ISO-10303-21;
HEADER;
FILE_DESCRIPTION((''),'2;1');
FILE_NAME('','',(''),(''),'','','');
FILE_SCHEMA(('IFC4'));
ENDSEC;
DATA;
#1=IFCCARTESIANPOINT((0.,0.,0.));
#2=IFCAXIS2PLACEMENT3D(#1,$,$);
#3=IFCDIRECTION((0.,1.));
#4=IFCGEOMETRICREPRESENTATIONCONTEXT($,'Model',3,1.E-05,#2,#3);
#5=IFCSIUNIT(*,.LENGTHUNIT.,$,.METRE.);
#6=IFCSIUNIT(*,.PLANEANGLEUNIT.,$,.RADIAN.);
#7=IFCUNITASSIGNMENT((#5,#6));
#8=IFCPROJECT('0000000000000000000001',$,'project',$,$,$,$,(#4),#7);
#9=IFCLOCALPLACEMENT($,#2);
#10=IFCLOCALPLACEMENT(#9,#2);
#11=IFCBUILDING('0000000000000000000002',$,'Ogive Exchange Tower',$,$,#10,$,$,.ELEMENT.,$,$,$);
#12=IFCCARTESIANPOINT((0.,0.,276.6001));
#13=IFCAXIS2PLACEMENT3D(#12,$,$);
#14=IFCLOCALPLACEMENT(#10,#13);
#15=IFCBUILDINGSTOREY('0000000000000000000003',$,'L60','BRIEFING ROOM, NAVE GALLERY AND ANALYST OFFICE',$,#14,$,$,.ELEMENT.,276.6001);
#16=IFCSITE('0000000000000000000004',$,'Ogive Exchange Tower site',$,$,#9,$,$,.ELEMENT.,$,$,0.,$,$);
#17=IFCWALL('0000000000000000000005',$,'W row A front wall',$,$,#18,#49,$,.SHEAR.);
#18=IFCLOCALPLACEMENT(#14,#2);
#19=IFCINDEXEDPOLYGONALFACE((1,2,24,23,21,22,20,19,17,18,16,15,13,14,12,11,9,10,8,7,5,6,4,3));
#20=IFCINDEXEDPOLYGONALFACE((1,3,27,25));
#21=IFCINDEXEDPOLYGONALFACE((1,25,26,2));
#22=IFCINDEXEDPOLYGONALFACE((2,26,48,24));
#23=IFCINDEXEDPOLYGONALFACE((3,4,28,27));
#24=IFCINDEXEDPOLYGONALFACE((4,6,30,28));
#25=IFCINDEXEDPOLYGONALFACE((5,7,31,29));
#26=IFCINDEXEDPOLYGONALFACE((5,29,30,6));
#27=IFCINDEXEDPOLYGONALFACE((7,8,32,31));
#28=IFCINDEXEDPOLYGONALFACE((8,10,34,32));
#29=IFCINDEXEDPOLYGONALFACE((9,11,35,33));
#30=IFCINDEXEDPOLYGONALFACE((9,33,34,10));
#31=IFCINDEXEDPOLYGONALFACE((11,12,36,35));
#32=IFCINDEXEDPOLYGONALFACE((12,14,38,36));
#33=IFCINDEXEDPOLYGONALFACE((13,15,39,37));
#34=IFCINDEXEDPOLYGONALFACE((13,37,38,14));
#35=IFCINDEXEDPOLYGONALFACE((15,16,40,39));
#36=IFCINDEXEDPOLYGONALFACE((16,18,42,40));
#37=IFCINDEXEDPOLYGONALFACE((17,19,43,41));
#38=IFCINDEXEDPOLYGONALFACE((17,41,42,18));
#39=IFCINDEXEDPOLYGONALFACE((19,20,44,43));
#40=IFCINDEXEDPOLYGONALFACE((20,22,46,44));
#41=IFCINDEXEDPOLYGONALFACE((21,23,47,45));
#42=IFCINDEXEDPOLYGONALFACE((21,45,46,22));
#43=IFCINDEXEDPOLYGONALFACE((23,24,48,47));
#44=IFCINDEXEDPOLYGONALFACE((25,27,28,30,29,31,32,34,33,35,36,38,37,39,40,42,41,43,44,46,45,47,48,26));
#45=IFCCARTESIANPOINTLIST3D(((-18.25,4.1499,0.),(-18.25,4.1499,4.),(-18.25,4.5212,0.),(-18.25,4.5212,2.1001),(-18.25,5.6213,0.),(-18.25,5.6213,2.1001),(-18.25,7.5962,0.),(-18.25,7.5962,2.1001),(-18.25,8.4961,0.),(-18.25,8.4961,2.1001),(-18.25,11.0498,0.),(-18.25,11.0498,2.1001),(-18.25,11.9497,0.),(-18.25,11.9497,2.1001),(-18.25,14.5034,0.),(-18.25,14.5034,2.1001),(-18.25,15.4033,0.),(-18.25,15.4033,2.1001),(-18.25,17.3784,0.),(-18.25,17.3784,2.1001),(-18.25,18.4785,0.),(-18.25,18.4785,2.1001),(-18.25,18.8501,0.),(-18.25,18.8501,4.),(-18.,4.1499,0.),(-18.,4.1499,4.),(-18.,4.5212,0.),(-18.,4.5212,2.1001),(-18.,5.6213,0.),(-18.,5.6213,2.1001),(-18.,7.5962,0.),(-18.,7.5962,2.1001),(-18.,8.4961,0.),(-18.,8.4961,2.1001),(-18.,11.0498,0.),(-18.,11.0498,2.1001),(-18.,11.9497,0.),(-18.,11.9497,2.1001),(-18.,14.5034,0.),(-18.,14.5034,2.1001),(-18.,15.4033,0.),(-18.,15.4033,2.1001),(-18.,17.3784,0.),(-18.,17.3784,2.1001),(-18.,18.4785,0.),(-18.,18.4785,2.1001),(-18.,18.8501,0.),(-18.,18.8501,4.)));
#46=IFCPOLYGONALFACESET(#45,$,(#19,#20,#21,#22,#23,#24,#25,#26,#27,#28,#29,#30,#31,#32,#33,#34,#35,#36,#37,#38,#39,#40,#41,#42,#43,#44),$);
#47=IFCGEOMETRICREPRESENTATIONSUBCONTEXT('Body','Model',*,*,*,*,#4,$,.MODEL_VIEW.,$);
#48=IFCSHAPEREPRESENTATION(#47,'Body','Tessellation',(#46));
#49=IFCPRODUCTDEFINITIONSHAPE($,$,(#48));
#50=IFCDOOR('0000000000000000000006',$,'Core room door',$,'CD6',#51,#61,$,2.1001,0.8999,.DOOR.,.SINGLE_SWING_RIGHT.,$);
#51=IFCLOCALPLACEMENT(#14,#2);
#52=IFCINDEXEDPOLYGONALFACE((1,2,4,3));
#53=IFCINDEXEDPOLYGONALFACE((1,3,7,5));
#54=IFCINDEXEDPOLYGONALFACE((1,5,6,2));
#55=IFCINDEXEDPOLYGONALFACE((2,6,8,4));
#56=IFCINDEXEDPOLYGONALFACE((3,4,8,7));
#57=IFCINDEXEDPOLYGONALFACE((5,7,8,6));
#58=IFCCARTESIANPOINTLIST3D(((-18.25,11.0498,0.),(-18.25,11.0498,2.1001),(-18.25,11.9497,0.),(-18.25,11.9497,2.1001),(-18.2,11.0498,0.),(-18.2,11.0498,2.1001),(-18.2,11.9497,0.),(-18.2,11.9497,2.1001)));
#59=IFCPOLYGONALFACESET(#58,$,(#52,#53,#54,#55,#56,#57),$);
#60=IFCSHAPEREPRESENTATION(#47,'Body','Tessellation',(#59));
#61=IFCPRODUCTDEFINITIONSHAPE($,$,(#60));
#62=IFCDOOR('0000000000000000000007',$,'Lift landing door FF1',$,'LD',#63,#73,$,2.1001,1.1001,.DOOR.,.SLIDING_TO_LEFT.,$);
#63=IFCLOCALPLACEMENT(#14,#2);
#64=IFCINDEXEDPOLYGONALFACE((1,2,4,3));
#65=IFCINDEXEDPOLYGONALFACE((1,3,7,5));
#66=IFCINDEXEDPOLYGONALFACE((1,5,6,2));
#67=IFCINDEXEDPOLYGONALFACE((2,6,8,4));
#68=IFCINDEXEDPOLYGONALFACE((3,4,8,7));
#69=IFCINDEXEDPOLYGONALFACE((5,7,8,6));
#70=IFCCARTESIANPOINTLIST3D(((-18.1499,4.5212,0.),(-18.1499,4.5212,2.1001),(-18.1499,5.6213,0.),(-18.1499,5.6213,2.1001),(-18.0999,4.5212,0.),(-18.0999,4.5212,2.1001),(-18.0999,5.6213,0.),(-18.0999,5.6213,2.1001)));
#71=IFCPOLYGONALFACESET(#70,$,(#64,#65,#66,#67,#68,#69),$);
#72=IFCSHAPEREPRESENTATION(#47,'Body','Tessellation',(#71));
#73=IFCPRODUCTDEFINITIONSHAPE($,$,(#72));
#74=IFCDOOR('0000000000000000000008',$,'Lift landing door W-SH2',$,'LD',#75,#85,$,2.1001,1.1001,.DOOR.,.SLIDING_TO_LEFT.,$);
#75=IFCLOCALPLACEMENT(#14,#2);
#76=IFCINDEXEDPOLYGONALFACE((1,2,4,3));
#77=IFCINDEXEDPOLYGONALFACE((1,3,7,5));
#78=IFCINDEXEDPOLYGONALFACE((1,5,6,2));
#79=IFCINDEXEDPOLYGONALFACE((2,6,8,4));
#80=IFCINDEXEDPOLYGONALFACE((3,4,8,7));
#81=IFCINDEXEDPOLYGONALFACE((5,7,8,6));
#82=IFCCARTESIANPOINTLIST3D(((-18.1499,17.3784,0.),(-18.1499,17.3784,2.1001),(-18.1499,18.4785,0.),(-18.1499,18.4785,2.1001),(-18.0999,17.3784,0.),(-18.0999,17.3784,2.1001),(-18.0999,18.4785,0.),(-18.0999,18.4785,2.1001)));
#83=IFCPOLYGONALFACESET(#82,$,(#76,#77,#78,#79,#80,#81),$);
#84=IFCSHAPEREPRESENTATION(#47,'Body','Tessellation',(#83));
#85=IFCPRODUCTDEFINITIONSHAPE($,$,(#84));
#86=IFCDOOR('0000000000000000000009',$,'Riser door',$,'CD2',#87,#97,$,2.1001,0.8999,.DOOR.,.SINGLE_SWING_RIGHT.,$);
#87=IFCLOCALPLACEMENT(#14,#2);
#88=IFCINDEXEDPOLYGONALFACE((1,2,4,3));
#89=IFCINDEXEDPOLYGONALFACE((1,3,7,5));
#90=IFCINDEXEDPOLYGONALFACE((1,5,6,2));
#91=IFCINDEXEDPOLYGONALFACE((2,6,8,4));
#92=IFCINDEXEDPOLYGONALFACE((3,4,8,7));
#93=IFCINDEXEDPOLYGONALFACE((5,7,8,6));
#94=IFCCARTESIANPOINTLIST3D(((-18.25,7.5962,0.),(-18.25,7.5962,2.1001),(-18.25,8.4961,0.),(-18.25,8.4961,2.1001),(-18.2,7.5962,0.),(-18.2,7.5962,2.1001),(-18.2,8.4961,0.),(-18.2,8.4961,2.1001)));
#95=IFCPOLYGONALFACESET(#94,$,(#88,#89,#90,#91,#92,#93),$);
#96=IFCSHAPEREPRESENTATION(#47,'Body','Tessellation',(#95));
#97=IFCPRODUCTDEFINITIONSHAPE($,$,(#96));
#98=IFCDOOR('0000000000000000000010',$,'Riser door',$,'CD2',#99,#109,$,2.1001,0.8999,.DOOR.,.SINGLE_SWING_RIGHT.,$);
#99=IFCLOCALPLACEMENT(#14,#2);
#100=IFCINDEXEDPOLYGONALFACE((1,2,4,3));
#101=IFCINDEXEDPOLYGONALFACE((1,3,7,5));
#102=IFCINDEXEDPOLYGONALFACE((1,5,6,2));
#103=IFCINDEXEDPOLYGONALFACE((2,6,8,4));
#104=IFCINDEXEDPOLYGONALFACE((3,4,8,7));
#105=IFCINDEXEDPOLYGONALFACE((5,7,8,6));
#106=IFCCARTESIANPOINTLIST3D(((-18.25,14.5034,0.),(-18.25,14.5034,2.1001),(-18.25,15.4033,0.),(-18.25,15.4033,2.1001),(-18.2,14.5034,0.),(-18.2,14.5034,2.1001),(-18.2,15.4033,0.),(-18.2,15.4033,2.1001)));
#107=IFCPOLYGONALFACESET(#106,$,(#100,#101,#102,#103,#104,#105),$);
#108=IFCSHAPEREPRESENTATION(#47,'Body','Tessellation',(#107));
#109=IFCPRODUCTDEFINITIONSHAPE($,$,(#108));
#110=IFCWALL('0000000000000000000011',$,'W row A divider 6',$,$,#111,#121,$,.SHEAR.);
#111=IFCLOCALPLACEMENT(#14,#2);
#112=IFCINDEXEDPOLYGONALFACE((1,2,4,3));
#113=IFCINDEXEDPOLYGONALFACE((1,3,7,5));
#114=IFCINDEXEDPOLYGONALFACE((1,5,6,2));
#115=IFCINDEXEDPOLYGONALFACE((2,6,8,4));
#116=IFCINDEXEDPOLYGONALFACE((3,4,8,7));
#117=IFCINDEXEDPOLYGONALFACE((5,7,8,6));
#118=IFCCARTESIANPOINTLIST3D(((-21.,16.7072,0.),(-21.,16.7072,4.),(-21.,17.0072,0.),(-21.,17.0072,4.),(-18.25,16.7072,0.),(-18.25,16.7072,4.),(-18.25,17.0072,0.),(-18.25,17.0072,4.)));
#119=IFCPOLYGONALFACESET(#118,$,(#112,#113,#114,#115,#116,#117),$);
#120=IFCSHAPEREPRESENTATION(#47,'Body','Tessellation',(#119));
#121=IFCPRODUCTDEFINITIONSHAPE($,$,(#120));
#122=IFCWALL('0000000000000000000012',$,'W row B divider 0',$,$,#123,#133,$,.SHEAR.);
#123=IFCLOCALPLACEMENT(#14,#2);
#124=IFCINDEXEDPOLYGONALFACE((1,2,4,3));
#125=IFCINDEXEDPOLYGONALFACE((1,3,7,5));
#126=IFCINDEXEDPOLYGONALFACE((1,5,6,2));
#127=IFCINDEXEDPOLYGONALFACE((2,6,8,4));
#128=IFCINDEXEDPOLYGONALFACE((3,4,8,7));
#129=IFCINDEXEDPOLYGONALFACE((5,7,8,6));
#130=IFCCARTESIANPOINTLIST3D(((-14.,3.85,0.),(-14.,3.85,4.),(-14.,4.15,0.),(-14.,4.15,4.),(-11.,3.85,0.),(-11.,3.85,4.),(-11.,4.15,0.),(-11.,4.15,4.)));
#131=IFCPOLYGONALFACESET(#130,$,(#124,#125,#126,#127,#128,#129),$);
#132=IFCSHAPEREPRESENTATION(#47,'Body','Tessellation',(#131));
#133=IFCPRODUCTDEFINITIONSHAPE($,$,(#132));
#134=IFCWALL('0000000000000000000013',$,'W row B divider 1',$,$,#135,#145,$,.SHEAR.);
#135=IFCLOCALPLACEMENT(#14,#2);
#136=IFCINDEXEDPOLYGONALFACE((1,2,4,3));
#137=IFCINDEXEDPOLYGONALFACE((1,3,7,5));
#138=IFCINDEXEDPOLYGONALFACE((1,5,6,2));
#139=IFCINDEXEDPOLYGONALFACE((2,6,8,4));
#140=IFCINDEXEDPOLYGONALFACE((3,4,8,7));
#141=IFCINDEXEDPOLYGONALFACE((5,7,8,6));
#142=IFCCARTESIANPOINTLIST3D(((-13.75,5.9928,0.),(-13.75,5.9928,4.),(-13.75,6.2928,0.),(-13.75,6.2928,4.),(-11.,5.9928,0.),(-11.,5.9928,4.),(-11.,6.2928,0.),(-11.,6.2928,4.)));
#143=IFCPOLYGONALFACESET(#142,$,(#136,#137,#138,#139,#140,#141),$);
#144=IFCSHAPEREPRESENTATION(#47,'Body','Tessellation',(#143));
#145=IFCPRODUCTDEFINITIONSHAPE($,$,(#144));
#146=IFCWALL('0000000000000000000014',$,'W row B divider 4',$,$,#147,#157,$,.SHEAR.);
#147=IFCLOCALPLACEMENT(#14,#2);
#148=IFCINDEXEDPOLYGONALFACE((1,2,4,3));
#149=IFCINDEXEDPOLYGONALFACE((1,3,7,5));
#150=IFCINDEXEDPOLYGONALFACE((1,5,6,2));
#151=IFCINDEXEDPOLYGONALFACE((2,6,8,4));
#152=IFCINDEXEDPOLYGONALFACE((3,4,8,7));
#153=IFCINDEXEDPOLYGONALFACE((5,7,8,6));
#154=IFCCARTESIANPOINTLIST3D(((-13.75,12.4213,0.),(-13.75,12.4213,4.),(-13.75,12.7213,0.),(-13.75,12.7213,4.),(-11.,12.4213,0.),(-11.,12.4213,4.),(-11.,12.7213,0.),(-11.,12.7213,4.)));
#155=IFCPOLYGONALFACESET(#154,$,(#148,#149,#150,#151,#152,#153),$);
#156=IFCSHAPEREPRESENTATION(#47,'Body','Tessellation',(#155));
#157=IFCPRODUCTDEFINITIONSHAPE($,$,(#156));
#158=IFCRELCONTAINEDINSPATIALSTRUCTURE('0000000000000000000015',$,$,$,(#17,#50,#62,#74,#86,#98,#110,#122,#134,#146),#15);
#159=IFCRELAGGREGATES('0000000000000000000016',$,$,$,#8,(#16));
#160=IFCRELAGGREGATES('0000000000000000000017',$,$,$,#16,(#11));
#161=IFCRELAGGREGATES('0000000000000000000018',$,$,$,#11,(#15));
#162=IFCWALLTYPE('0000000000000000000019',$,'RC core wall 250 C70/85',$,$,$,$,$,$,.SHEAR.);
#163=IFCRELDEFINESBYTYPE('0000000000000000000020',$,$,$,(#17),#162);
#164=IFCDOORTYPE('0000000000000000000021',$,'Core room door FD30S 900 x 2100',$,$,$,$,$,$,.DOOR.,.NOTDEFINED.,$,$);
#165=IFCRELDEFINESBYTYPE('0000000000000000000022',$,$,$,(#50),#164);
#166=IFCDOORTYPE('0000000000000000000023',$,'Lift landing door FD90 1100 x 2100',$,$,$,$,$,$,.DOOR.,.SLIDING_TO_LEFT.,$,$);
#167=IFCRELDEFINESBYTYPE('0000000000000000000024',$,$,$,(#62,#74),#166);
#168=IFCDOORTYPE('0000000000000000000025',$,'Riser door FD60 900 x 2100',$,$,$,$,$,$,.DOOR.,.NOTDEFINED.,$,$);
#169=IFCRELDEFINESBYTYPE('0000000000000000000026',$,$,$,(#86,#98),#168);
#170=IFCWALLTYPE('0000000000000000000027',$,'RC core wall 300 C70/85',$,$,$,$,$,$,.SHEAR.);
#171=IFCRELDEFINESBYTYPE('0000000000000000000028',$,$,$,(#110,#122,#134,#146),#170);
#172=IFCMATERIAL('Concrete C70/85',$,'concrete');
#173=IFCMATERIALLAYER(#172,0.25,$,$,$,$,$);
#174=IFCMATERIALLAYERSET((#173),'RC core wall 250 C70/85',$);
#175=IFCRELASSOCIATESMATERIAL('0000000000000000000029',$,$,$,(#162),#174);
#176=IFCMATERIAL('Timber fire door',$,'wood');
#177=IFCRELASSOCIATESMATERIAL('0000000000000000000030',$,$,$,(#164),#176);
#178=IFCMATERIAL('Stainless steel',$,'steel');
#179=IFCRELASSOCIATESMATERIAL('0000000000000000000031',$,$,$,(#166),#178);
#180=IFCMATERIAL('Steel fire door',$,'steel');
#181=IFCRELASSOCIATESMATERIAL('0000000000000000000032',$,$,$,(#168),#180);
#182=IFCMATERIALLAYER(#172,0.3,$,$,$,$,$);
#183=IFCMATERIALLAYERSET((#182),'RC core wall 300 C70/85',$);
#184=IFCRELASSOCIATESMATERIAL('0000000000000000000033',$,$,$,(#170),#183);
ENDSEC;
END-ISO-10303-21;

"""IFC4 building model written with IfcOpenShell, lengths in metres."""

from ifc_helpers import new_model, si_unit, direction, frame, frame_2d, origin, place, context, subcontext, project, spatial, rectangle, extrude, material, layer, layer_set, type_object, element, fill, save


model = new_model("IFC4")

# Units and contexts
model_context = context("Model", 3, precision=1e-05, world=origin(), true_north=direction((0.0, 1.0)))
body_context = subcontext(model_context, "Body", "Model", "MODEL_VIEW")
ifc_project = project(units=[si_unit("LENGTHUNIT", "METRE"), si_unit("PLANEANGLEUNIT", "RADIAN")], contexts=[model_context])

# Site, building, storey
site_placement = place(None, origin())
site = spatial("IfcSite", under=ifc_project, at=site_placement, Name="Ogive Exchange Tower site", CompositionType="ELEMENT", RefElevation=0.0)
building_placement = place(site_placement, origin())
building = spatial("IfcBuilding", under=site, at=building_placement, Name="Ogive Exchange Tower", CompositionType="ELEMENT")
storey_placement = place(building_placement, frame((0.0, 0.0, 276.6001)))
storey = spatial("IfcBuildingStorey", under=building, at=storey_placement, Name="L60", Description="BRIEFING ROOM, NAVE GALLERY AND ANALYST OFFICE", CompositionType="ELEMENT", Elevation=276.6001)

# Shared definitions
ifc_material_1 = material(Name="Concrete C70/85", Category="concrete")
ifc_material_2 = material(Name="Steel fire door", Category="steel")

# Wall, openings, doors
ifc_layer_1 = layer(ifc_material_1, 0.25)
ifc_layer_set_1 = layer_set([ifc_layer_1], Name="RC core wall 250 C70/85")
wall_type_1 = type_object("IfcWallType", Name="RC core wall 250 C70/85", PredefinedType="SHEAR", material=ifc_layer_set_1)
wall_1_placement = place(storey_placement, frame((-18.125, 4.1499, 0.0), z_axis=(0.0, 0.0, 1.0), x_axis=(0.0, 1.0, 0.0)))
wall_1 = element("IfcWall", 1, at=wall_1_placement, inside=storey, type_object=wall_type_1, Name="W row A front wall", PredefinedType="SHEAR", context=body_context, shape_type="SweptSolid", body=[
    extrude(rectangle(XDim=14.7002, YDim=0.25, at=frame_2d((7.3501, 0.0))), origin(), (0.0, 0.0, 1.0), 4.0),
])
opening_1_placement = place(wall_1_placement, frame((3.4463, 0.0, 0.0)))
opening_1 = element("IfcOpeningElement", 2, at=opening_1_placement, cuts=wall_1, PredefinedType="OPENING", context=body_context, shape_type="SweptSolid", body=[
    extrude(rectangle(XDim=0.8999, YDim=2.1001, at=frame_2d((0.45, 1.05))), frame((0.0, 0.135, 0.0), z_axis=(0.0, -1.0, 0.0), x_axis=(1.0, 0.0, 0.0)), (0.0, 0.0, 1.0), 0.27),
])
opening_2_placement = place(wall_1_placement, frame((6.8999, 0.0, 0.0)))
opening_2 = element("IfcOpeningElement", 3, at=opening_2_placement, cuts=wall_1, PredefinedType="OPENING", context=body_context, shape_type="SweptSolid", body=[
    extrude(rectangle(XDim=0.8999, YDim=2.1001, at=frame_2d((0.45, 1.05))), frame((0.0, 0.135, 0.0), z_axis=(0.0, -1.0, 0.0), x_axis=(1.0, 0.0, 0.0)), (0.0, 0.0, 1.0), 0.27),
])
opening_3_placement = place(wall_1_placement, frame((10.3535, 0.0, 0.0)))
opening_3 = element("IfcOpeningElement", 4, at=opening_3_placement, cuts=wall_1, PredefinedType="OPENING", context=body_context, shape_type="SweptSolid", body=[
    extrude(rectangle(XDim=0.8999, YDim=2.1001, at=frame_2d((0.45, 1.05))), frame((0.0, 0.135, 0.0), z_axis=(0.0, -1.0, 0.0), x_axis=(1.0, 0.0, 0.0)), (0.0, 0.0, 1.0), 0.27),
])
opening_4_placement = place(wall_1_placement, frame((0.3713, 0.0, 0.0)))
opening_4 = element("IfcOpeningElement", 5, at=opening_4_placement, cuts=wall_1, PredefinedType="OPENING", context=body_context, shape_type="SweptSolid", body=[
    extrude(rectangle(XDim=1.1001, YDim=2.1001, at=frame_2d((0.55, 1.05))), frame((0.0, 0.135, 0.0), z_axis=(0.0, -1.0, 0.0), x_axis=(1.0, 0.0, 0.0)), (0.0, 0.0, 1.0), 0.27),
])
opening_5_placement = place(wall_1_placement, frame((13.2285, 0.0, 0.0)))
opening_5 = element("IfcOpeningElement", 6, at=opening_5_placement, cuts=wall_1, PredefinedType="OPENING", context=body_context, shape_type="SweptSolid", body=[
    extrude(rectangle(XDim=1.1001, YDim=2.1001, at=frame_2d((0.55, 1.05))), frame((0.0, 0.135, 0.0), z_axis=(0.0, -1.0, 0.0), x_axis=(1.0, 0.0, 0.0)), (0.0, 0.0, 1.0), 0.27),
])
ifc_material_3 = material(Name="Timber fire door", Category="wood")
door_type_1 = type_object("IfcDoorType", Name="Core room door FD30S 900 x 2100", OperationType="NOTDEFINED", PredefinedType="DOOR", material=ifc_material_3)
door_1_placement = place(opening_2_placement, origin())
door_1 = element("IfcDoor", 7, at=door_1_placement, inside=storey, type_object=door_type_1, Name="Core room door", ObjectType="CD6", OperationType="SINGLE_SWING_RIGHT", OverallHeight=2.1001, OverallWidth=0.8999, PredefinedType="DOOR", context=body_context, shape_type="SweptSolid", body=[
    extrude(rectangle(XDim=0.8999, YDim=2.1001, at=frame_2d((0.45, 1.05))), frame((0.0, 0.125, 0.0), z_axis=(0.0, -1.0, 0.0), x_axis=(1.0, 0.0, 0.0)), (0.0, 0.0, 1.0), 0.05),
])
fill(opening_2, door_1)
ifc_material_4 = material(Name="Stainless steel", Category="steel")
door_type_2 = type_object("IfcDoorType", Name="Lift landing door FD90 1100 x 2100", OperationType="SLIDING_TO_LEFT", PredefinedType="DOOR", material=ifc_material_4)
door_2_placement = place(opening_4_placement, origin())
door_2 = element("IfcDoor", 8, at=door_2_placement, inside=storey, type_object=door_type_2, Name="Lift landing door FF1", ObjectType="LD", OperationType="SLIDING_TO_LEFT", OverallHeight=2.1001, OverallWidth=1.1001, PredefinedType="DOOR", context=body_context, shape_type="SweptSolid", body=[
    extrude(rectangle(XDim=1.1001, YDim=2.1001, at=frame_2d((0.55, 1.05))), frame((0.0, 0.0249, 0.0), z_axis=(0.0, -1.0, 0.0), x_axis=(1.0, 0.0, 0.0)), (0.0, 0.0, 1.0), 0.05),
])
fill(opening_4, door_2)
door_3_placement = place(opening_5_placement, origin())
door_3 = element("IfcDoor", 9, at=door_3_placement, inside=storey, type_object=door_type_2, Name="Lift landing door W-SH2", ObjectType="LD", OperationType="SLIDING_TO_LEFT", OverallHeight=2.1001, OverallWidth=1.1001, PredefinedType="DOOR", context=body_context, shape_type="SweptSolid", body=[
    extrude(rectangle(XDim=1.1001, YDim=2.1001, at=frame_2d((0.55, 1.05))), frame((0.0, 0.0249, 0.0), z_axis=(0.0, -1.0, 0.0), x_axis=(1.0, 0.0, 0.0)), (0.0, 0.0, 1.0), 0.05),
])
fill(opening_5, door_3)
door_type_3 = type_object("IfcDoorType", Name="Riser door FD60 900 x 2100", OperationType="NOTDEFINED", PredefinedType="DOOR", material=ifc_material_2)
door_4_placement = place(opening_1_placement, origin())
door_4 = element("IfcDoor", 10, at=door_4_placement, inside=storey, type_object=door_type_3, Name="Riser door", ObjectType="CD2", OperationType="SINGLE_SWING_RIGHT", OverallHeight=2.1001, OverallWidth=0.8999, PredefinedType="DOOR", context=body_context, shape_type="SweptSolid", body=[
    extrude(rectangle(XDim=0.8999, YDim=2.1001, at=frame_2d((0.45, 1.05))), frame((0.0, 0.125, 0.0), z_axis=(0.0, -1.0, 0.0), x_axis=(1.0, 0.0, 0.0)), (0.0, 0.0, 1.0), 0.05),
])
fill(opening_1, door_4)
door_5_placement = place(opening_3_placement, origin())
door_5 = element("IfcDoor", 11, at=door_5_placement, inside=storey, type_object=door_type_3, Name="Riser door", ObjectType="CD2", OperationType="SINGLE_SWING_RIGHT", OverallHeight=2.1001, OverallWidth=0.8999, PredefinedType="DOOR", context=body_context, shape_type="SweptSolid", body=[
    extrude(rectangle(XDim=0.8999, YDim=2.1001, at=frame_2d((0.45, 1.05))), frame((0.0, 0.125, 0.0), z_axis=(0.0, -1.0, 0.0), x_axis=(1.0, 0.0, 0.0)), (0.0, 0.0, 1.0), 0.05),
])
fill(opening_3, door_5)

# Walls
ifc_layer_2 = layer(ifc_material_1, 0.3)
ifc_layer_set_2 = layer_set([ifc_layer_2], Name="RC core wall 300 C70/85")
wall_type_2 = type_object("IfcWallType", Name="RC core wall 300 C70/85", PredefinedType="SHEAR", material=ifc_layer_set_2)
wall_2_placement = place(storey_placement, frame((-21.0, 16.8572, 0.0), z_axis=(0.0, 0.0, 1.0), x_axis=(1.0, 0.0, 0.0)))
element("IfcWall", 12, at=wall_2_placement, inside=storey, type_object=wall_type_2, Name="W row A divider 6", PredefinedType="SHEAR", context=body_context, shape_type="SweptSolid", body=[
    extrude(rectangle(XDim=2.75, YDim=0.3, at=frame_2d((1.375, 0.0))), origin(), (0.0, 0.0, 1.0), 4.0),
])
wall_3_placement = place(storey_placement, frame((-14.0, 4.0, 0.0), z_axis=(0.0, 0.0, 1.0), x_axis=(1.0, 0.0, 0.0)))
element("IfcWall", 13, at=wall_3_placement, inside=storey, type_object=wall_type_2, Name="W row B divider 0", PredefinedType="SHEAR", context=body_context, shape_type="SweptSolid", body=[
    extrude(rectangle(XDim=3.0, YDim=0.3, at=frame_2d((1.5, 0.0))), origin(), (0.0, 0.0, 1.0), 4.0),
])
for number, where, z_axis, x_axis, name in (
    (14, (-13.75, 6.1428, 0.0), (0.0, 0.0, 1.0), (1.0, 0.0, 0.0), "W row B divider 1"),
    (15, (-13.75, 12.5713, 0.0), (0.0, 0.0, 1.0), (1.0, 0.0, 0.0), "W row B divider 4"),
):
    element("IfcWall", number, at=place(storey_placement, frame(where, z_axis=z_axis, x_axis=x_axis)), inside=storey, type_object=wall_type_2, Name=name, PredefinedType="SHEAR", context=body_context, shape_type="SweptSolid", body=[
        extrude(rectangle(XDim=2.75, YDim=0.3, at=frame_2d((1.375, 0.0))), origin(), (0.0, 0.0, 1.0), 4.0),
    ])

save(model, "model.ifc")
